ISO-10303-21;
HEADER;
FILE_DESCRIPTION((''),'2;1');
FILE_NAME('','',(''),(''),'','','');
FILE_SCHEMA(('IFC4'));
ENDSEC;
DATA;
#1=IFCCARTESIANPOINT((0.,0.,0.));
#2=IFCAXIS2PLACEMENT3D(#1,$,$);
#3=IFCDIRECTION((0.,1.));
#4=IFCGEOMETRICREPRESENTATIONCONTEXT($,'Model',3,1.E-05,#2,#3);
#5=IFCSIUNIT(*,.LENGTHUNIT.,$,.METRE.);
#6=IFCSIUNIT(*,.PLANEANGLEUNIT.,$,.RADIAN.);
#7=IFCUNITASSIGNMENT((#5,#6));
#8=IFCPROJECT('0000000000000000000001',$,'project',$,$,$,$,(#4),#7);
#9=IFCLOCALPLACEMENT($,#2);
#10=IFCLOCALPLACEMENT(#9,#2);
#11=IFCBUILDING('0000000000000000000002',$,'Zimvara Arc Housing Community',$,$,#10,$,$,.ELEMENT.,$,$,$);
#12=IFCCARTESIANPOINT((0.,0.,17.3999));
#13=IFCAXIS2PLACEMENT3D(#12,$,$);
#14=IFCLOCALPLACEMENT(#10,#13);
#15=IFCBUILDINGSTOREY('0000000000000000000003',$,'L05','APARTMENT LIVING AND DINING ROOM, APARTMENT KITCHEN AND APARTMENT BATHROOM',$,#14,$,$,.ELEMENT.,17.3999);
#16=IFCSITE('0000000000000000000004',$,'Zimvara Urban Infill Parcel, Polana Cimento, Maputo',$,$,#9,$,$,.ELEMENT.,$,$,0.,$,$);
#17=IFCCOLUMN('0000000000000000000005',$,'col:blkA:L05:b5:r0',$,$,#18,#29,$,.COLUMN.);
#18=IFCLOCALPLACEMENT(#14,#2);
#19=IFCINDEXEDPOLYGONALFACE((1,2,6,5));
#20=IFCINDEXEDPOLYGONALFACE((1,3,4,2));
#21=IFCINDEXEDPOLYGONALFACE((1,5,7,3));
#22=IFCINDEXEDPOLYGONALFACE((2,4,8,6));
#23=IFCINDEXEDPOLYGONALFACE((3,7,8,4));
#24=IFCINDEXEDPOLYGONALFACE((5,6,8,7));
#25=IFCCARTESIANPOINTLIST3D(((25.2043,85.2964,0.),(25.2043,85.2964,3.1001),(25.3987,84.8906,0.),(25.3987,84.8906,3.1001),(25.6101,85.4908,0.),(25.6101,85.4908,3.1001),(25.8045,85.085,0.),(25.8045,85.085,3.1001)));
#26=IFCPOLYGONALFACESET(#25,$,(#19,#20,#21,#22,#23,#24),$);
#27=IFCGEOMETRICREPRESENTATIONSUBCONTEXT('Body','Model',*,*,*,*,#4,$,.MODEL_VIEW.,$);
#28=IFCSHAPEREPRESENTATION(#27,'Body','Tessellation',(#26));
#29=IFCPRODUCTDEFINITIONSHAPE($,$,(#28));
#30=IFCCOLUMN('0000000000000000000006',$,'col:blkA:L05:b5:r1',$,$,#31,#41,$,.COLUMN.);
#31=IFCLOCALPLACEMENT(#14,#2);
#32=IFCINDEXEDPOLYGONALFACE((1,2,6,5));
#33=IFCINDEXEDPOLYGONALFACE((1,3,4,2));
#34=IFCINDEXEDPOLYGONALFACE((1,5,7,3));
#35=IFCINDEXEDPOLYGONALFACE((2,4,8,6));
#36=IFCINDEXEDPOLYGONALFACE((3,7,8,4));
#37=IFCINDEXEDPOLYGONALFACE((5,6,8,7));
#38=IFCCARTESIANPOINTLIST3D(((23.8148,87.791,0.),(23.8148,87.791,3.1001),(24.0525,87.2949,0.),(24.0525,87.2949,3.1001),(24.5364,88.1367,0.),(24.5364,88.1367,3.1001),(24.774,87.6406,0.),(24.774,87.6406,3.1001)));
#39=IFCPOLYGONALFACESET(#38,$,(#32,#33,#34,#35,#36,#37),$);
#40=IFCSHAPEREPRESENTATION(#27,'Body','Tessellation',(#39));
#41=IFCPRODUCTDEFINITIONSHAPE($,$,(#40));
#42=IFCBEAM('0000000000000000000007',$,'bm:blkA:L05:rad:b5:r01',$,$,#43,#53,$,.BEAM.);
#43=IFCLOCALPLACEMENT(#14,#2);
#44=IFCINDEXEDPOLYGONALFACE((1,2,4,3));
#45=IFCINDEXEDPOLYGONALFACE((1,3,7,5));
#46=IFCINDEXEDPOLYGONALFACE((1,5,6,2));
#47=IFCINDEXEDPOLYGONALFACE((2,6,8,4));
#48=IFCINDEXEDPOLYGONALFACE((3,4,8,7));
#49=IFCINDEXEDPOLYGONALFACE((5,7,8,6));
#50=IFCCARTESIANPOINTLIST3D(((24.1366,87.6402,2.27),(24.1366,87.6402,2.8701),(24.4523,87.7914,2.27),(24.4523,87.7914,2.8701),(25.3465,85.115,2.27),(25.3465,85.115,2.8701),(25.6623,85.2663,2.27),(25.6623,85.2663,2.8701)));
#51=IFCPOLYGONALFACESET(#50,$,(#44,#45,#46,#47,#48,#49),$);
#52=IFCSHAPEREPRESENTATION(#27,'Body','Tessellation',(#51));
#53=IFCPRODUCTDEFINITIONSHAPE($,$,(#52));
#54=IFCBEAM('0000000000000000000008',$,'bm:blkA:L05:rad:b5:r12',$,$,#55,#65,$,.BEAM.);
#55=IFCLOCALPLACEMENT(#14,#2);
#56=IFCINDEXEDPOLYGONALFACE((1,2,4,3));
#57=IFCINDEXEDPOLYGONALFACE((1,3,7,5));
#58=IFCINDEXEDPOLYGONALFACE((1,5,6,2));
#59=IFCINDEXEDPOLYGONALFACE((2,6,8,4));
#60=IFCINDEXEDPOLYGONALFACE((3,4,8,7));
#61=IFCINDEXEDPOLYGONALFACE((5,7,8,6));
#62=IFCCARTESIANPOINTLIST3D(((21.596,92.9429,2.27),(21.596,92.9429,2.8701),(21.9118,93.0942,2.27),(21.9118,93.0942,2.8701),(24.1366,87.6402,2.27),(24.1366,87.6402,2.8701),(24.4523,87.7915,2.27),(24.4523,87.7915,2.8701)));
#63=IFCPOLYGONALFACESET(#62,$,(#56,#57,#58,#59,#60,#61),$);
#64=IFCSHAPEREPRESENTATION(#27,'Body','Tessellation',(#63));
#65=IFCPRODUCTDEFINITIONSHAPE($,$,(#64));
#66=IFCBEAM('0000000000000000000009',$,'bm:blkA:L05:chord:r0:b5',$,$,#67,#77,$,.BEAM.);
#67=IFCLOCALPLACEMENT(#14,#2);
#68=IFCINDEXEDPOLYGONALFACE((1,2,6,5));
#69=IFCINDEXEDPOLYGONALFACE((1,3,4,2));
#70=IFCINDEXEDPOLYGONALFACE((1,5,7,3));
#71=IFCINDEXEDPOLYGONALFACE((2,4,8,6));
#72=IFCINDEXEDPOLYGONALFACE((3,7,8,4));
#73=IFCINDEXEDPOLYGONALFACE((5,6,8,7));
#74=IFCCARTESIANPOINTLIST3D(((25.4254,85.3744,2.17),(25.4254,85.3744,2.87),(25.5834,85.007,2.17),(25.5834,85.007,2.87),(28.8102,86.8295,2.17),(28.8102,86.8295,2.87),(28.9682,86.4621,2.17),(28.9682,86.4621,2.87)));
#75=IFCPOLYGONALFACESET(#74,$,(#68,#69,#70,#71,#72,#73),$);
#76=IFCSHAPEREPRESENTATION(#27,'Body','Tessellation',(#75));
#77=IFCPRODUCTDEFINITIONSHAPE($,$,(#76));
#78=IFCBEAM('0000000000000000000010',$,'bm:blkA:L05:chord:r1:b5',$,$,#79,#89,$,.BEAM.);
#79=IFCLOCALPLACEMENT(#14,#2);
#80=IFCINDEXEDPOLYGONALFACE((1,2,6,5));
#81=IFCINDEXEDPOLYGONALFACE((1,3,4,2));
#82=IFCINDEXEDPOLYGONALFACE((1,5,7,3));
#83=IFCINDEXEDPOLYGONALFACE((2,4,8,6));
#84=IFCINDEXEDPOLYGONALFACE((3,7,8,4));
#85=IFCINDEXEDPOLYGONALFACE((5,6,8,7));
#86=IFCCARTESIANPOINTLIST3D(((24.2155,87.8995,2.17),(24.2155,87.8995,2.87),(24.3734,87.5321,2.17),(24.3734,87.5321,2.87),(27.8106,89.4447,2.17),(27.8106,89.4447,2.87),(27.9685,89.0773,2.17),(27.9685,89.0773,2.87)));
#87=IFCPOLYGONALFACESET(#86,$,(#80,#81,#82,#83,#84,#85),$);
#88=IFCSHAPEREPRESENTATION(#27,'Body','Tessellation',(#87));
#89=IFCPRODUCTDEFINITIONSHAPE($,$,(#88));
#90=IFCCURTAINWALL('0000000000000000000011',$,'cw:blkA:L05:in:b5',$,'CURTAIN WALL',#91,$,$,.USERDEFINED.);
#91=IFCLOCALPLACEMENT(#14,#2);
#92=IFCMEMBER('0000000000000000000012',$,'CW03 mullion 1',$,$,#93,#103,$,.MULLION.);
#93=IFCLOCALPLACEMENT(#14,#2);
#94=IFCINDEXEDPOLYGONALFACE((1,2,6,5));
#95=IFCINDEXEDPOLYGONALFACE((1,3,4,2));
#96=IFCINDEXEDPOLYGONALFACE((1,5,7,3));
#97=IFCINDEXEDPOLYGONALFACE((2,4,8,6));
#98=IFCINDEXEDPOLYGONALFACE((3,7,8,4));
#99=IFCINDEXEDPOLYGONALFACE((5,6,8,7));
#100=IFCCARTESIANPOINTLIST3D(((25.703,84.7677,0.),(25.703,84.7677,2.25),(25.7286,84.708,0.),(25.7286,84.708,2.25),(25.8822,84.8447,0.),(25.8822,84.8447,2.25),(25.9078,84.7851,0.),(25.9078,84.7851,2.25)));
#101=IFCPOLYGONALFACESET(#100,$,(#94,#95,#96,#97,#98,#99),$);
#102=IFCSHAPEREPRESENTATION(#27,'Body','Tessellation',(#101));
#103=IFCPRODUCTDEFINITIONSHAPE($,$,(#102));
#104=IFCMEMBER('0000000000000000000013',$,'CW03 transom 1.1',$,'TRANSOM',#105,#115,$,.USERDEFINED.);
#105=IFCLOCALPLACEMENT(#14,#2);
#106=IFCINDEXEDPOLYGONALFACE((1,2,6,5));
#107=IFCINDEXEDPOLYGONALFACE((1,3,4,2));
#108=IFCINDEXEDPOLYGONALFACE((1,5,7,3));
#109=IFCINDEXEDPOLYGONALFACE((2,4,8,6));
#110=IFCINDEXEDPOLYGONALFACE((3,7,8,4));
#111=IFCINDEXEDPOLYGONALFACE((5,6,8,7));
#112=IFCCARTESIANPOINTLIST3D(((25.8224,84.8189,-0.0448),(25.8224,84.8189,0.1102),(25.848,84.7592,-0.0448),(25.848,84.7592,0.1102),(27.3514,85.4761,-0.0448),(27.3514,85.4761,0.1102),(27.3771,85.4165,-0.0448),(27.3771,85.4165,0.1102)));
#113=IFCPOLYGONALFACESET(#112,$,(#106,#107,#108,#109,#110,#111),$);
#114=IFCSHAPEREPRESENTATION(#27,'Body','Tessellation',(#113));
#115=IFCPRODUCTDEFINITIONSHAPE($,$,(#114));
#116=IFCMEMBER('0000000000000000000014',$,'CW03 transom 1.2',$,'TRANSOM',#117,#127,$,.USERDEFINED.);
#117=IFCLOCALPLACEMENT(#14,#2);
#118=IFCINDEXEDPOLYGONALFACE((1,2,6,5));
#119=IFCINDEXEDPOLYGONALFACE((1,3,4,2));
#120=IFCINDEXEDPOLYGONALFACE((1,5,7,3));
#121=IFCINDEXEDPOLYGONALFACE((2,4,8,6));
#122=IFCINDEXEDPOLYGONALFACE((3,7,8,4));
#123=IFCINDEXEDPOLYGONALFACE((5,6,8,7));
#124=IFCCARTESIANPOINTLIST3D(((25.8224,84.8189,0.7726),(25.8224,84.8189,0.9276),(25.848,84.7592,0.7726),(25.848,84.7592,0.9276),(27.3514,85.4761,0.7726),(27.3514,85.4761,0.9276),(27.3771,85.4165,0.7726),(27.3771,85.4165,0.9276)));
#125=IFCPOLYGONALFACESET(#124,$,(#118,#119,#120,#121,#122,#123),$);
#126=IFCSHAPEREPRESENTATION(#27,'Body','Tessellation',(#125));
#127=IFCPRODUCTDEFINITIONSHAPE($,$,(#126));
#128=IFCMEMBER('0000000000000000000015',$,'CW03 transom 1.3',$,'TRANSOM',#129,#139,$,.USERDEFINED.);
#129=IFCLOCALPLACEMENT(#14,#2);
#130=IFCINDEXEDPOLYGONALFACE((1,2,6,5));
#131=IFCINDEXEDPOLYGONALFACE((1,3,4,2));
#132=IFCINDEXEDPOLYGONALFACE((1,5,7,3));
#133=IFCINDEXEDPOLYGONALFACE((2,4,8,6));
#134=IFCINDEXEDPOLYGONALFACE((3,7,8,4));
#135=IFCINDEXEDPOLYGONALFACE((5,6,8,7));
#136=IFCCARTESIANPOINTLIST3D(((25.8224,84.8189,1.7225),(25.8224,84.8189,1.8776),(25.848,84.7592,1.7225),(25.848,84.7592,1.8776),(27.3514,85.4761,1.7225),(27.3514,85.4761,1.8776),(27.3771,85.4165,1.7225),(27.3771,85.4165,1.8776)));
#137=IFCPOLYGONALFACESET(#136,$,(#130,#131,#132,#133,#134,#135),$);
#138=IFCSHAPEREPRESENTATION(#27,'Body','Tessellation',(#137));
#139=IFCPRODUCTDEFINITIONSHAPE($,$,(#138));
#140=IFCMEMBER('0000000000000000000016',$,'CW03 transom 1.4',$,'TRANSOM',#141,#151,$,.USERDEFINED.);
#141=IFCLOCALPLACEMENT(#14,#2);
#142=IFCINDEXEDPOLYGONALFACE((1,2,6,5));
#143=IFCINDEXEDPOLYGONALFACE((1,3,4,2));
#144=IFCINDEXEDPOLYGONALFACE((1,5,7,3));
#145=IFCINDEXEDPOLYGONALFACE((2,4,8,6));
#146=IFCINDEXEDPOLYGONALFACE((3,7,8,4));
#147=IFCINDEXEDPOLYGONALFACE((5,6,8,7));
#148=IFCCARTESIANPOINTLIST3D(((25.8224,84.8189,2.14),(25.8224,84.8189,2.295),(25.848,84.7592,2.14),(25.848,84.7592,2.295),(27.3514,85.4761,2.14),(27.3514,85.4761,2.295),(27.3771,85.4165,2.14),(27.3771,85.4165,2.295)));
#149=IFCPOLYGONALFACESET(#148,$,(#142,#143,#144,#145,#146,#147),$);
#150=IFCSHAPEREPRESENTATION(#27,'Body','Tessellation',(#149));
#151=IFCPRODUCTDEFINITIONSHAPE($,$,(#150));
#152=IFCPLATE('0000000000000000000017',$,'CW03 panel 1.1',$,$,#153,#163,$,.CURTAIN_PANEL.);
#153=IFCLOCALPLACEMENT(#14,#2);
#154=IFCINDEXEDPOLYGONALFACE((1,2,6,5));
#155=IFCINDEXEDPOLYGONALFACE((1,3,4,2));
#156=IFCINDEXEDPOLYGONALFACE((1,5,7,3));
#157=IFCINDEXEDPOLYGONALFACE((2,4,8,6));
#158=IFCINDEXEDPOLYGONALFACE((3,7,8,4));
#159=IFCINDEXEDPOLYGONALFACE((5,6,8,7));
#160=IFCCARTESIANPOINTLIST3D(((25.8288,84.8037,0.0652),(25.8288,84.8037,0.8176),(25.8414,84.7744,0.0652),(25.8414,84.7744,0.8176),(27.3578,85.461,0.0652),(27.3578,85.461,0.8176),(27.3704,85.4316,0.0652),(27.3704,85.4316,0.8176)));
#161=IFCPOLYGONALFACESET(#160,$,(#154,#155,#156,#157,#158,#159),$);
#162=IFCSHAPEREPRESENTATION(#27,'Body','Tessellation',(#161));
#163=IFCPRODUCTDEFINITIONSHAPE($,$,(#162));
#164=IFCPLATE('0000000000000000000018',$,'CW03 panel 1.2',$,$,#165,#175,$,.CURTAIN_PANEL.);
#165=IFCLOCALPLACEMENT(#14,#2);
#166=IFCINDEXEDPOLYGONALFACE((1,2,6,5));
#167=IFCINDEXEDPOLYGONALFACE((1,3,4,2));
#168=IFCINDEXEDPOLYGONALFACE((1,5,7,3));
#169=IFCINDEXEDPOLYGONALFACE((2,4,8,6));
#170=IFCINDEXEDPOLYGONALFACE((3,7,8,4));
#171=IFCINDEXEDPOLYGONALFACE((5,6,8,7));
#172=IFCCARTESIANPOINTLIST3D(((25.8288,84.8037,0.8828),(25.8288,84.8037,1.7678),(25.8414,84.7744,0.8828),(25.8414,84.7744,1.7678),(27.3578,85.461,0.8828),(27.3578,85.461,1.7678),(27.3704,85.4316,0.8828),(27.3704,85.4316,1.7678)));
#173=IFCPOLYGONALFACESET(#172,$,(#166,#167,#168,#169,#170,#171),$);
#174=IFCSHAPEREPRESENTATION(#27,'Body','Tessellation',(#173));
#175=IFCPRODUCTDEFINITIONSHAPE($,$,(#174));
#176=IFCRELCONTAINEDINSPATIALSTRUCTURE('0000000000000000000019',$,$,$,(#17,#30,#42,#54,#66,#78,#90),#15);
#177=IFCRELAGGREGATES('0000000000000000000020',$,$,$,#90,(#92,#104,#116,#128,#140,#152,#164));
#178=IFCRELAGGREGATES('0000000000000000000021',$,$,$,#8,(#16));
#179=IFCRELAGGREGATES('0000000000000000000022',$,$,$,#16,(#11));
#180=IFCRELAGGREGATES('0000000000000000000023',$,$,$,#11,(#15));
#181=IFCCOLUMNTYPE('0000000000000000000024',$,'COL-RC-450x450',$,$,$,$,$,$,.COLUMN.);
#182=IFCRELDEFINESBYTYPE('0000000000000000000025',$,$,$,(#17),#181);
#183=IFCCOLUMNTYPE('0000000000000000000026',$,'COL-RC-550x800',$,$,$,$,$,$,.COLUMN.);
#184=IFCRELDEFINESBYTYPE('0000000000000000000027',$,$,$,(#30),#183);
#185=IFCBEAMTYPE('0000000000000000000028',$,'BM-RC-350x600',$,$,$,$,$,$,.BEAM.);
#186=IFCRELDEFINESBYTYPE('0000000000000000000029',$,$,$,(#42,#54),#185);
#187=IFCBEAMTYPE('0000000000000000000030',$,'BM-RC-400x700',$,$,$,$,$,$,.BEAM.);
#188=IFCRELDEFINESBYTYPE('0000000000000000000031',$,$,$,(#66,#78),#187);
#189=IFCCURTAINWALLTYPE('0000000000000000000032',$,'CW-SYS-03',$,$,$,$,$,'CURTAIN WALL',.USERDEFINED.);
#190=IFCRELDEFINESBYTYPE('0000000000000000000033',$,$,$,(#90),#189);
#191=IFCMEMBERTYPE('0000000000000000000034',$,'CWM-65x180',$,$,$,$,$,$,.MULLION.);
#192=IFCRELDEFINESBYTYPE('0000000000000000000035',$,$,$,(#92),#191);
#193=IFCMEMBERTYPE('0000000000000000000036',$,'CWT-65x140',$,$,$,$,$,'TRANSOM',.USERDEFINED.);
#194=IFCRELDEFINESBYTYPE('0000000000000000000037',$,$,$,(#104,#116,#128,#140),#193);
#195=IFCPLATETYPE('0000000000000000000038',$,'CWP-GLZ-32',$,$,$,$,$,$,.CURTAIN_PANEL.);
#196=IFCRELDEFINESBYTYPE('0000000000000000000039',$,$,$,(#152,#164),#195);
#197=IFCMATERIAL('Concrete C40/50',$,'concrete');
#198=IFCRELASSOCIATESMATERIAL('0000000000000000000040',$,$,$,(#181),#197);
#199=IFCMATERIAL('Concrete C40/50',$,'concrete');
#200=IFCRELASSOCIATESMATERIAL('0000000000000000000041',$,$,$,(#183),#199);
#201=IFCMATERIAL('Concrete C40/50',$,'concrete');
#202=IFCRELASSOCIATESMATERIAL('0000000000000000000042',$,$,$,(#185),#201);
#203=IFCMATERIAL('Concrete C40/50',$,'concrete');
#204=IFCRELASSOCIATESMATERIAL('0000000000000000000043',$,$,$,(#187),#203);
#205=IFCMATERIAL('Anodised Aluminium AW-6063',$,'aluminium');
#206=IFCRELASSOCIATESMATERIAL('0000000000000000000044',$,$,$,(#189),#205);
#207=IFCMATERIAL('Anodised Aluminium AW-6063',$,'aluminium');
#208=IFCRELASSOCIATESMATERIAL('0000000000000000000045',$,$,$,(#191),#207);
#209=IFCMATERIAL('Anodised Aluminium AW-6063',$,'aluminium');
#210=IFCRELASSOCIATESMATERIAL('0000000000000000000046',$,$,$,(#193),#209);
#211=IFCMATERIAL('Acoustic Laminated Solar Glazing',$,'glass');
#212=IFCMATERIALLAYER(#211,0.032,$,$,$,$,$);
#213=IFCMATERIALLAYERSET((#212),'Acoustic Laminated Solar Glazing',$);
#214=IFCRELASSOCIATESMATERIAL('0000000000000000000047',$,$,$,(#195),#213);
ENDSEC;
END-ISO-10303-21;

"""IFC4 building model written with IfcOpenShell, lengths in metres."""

from ifc_helpers import new_model, si_unit, direction, frame, origin, origin_2d, place, context, subcontext, project, spatial, rectangle, extrude, material, layer, layer_set, material_profile, profile_set, type_object, element, aggregate, save


model = new_model("IFC4")

# Units and contexts
model_context = context("Model", 3, precision=1e-05, world=origin(), true_north=direction((0.0, 1.0)))
body_context = subcontext(model_context, "Body", "Model", "MODEL_VIEW")
ifc_project = project(units=[si_unit("LENGTHUNIT", "METRE"), si_unit("PLANEANGLEUNIT", "RADIAN")], contexts=[model_context])

# Site, building, storey
site_placement = place(None, origin())
site = spatial("IfcSite", under=ifc_project, at=site_placement, Name="Zimvara Urban Infill Parcel, Polana Cimento, Maputo", CompositionType="ELEMENT", RefElevation=0.0)
building_placement = place(site_placement, origin())
building = spatial("IfcBuilding", under=site, at=building_placement, Name="Zimvara Arc Housing Community", CompositionType="ELEMENT")
storey_placement = place(building_placement, frame((0.0, 0.0, 17.3999)))
storey = spatial("IfcBuildingStorey", under=building, at=storey_placement, Name="L05", Description="APARTMENT LIVING AND DINING ROOM, APARTMENT KITCHEN AND APARTMENT BATHROOM", CompositionType="ELEMENT", Elevation=17.3999)

# Columns
ifc_material_1 = material(Name="Concrete C40/50", Category="concrete")
ifc_material_profile_1 = material_profile(ifc_material_1, rectangle(XDim=0.45, YDim=0.45, at=origin_2d()), Name="RC 450x450")
ifc_profile_set_1 = profile_set([ifc_material_profile_1], Name="Concrete C40/50")
column_type_1 = type_object("IfcColumnType", Name="COL-RC-450x450", PredefinedType="COLUMN", material=ifc_profile_set_1)
column_1_placement = place(storey_placement, frame((25.5044, 85.1907, 0.0), z_axis=(0.0, 0.0, 1.0), x_axis=(-0.432086, 0.901833, 0.0)))
element("IfcColumn", 1, at=column_1_placement, inside=storey, type_object=column_type_1, Name="col:blkA:L05:b5:r0", PredefinedType="COLUMN", context=body_context, shape_type="SweptSolid", body=[
    extrude(rectangle(XDim=0.45, YDim=0.45, at=origin_2d()), origin(), (0.0, 0.0, 1.0), 3.1001),
])
ifc_material_2 = material(Name="Concrete C40/50", Category="concrete")
ifc_material_profile_2 = material_profile(ifc_material_2, rectangle(XDim=0.55, YDim=0.8, at=origin_2d()), Name="RC 550x800")
ifc_profile_set_2 = profile_set([ifc_material_profile_2], Name="Concrete C40/50")
column_type_2 = type_object("IfcColumnType", Name="COL-RC-550x800", PredefinedType="COLUMN", material=ifc_profile_set_2)
column_2_placement = place(storey_placement, frame((24.2944, 87.7158, 0.0), z_axis=(0.0, 0.0, 1.0), x_axis=(-0.432086, 0.901833, 0.0)))
element("IfcColumn", 2, at=column_2_placement, inside=storey, type_object=column_type_2, Name="col:blkA:L05:b5:r1", PredefinedType="COLUMN", context=body_context, shape_type="SweptSolid", body=[
    extrude(rectangle(XDim=0.55, YDim=0.8, at=origin_2d()), origin(), (0.0, 0.0, 1.0), 3.1001),
])

# Beams
ifc_material_3 = material(Name="Concrete C40/50", Category="concrete")
ifc_material_profile_3 = material_profile(ifc_material_3, rectangle(XDim=0.3501, YDim=0.6001, at=origin_2d()), Name="RC 350x600")
ifc_profile_set_3 = profile_set([ifc_material_profile_3], Name="Concrete C40/50")
beam_type_1 = type_object("IfcBeamType", Name="BM-RC-350x600", PredefinedType="BEAM", material=ifc_profile_set_3)
beam_1_placement = place(storey_placement, frame((25.5044, 85.1907, 2.5701), z_axis=(-0.432119, 0.901817, 0.0), x_axis=(-0.901817, -0.432119, 0.0)))
element("IfcBeam", 3, at=beam_1_placement, inside=storey, type_object=beam_type_1, Name="bm:blkA:L05:rad:b5:r01", PredefinedType="BEAM", context=body_context, shape_type="SweptSolid", body=[
    extrude(rectangle(XDim=0.3501, YDim=0.6001, at=origin_2d()), origin(), (0.0, 0.0, 1.0), 2.8),
])
beam_2_placement = place(storey_placement, frame((24.2944, 87.7158, 2.5701), z_axis=(-0.43207, 0.90184, 0.0), x_axis=(-0.90184, -0.43207, 0.0)))
element("IfcBeam", 4, at=beam_2_placement, inside=storey, type_object=beam_type_1, Name="bm:blkA:L05:rad:b5:r12", PredefinedType="BEAM", context=body_context, shape_type="SweptSolid", body=[
    extrude(rectangle(XDim=0.3501, YDim=0.6001, at=origin_2d()), origin(), (0.0, 0.0, 1.0), 5.8799),
])
ifc_material_4 = material(Name="Concrete C40/50", Category="concrete")
ifc_material_profile_4 = material_profile(ifc_material_4, rectangle(XDim=0.3999, YDim=0.7, at=origin_2d()), Name="RC 400x700")
ifc_profile_set_4 = profile_set([ifc_material_profile_4], Name="Concrete C40/50")
beam_type_2 = type_object("IfcBeamType", Name="BM-RC-400x700", PredefinedType="BEAM", material=ifc_profile_set_4)
beam_3_placement = place(storey_placement, frame((25.5044, 85.1907, 2.52), z_axis=(0.918706, 0.394943, 0.0), x_axis=(-0.394943, 0.918706, 0.0)))
element("IfcBeam", 5, at=beam_3_placement, inside=storey, type_object=beam_type_2, Name="bm:blkA:L05:chord:r0:b5", PredefinedType="BEAM", context=body_context, shape_type="SweptSolid", body=[
    extrude(rectangle(XDim=0.3999, YDim=0.7, at=origin_2d()), origin(), (0.0, 0.0, 1.0), 3.6843),
])
beam_4_placement = place(storey_placement, frame((24.2944, 87.7158, 2.52), z_axis=(0.918731, 0.394883, 0.0), x_axis=(-0.394883, 0.918731, 0.0)))
element("IfcBeam", 6, at=beam_4_placement, inside=storey, type_object=beam_type_2, Name="bm:blkA:L05:chord:r1:b5", PredefinedType="BEAM", context=body_context, shape_type="SweptSolid", body=[
    extrude(rectangle(XDim=0.3999, YDim=0.7, at=origin_2d()), origin(), (0.0, 0.0, 1.0), 3.9131),
])

# Curtain wall, members, plates
ifc_material_5 = material(Name="Anodised Aluminium AW-6063", Category="aluminium")
curtain_wall_type = type_object("IfcCurtainWallType", Name="CW-SYS-03", ElementType="CURTAIN WALL", PredefinedType="USERDEFINED", material=ifc_material_5)
curtain_wall_placement = place(storey_placement, origin())
curtain_wall = element("IfcCurtainWall", 7, at=curtain_wall_placement, inside=storey, type_object=curtain_wall_type, Name="cw:blkA:L05:in:b5", ObjectType="CURTAIN WALL", PredefinedType="USERDEFINED")
ifc_material_6 = material(Name="Anodised Aluminium AW-6063", Category="aluminium")
ifc_material_profile_5 = material_profile(ifc_material_6, rectangle(XDim=0.0649, YDim=0.1951, at=origin_2d()), Name="ALU 65x195")
ifc_profile_set_5 = profile_set([ifc_material_profile_5], Name="Anodised Aluminium AW-6063")
member_type_1 = type_object("IfcMemberType", Name="CWM-65x180", PredefinedType="MULLION", material=ifc_profile_set_5)
member_1_placement = place(storey_placement, frame((25.8054, 84.7764, 0.0), z_axis=(0.0, 0.0, 1.0), x_axis=(-0.394904, 0.918722, 0.0)))
member_1 = element("IfcMember", 8, at=member_1_placement, type_object=member_type_1, Name="CW03 mullion 1", PredefinedType="MULLION", context=body_context, shape_type="SweptSolid", body=[
    extrude(rectangle(XDim=0.0649, YDim=0.1951, at=origin_2d()), origin(), (0.0, 0.0, 1.0), 2.25),
])
ifc_material_7 = material(Name="Anodised Aluminium AW-6063", Category="aluminium")
ifc_material_profile_6 = material_profile(ifc_material_7, rectangle(XDim=0.0649, YDim=0.155, at=origin_2d()), Name="ALU 65x155")
ifc_profile_set_6 = profile_set([ifc_material_profile_6], Name="Anodised Aluminium AW-6063")
member_type_2 = type_object("IfcMemberType", Name="CWT-65x140", ElementType="TRANSOM", PredefinedType="USERDEFINED", material=ifc_profile_set_6)
member_2_placement = place(storey_placement, frame((25.8352, 84.7891, 0.0327), z_axis=(0.918727, 0.394893, 0.0), x_axis=(-0.394893, 0.918727, 0.0)))
member_2 = element("IfcMember", 9, at=member_2_placement, type_object=member_type_2, Name="CW03 transom 1.1", ObjectType="TRANSOM", PredefinedType="USERDEFINED", context=body_context, shape_type="SweptSolid", body=[
    extrude(rectangle(XDim=0.0649, YDim=0.155, at=origin_2d()), origin(), (0.0, 0.0, 1.0), 1.6643),
])
member_3_placement = place(storey_placement, frame((25.8352, 84.7891, 0.8501), z_axis=(0.918727, 0.394893, 0.0), x_axis=(-0.394893, 0.918727, 0.0)))
member_3 = element("IfcMember", 10, at=member_3_placement, type_object=member_type_2, Name="CW03 transom 1.2", ObjectType="TRANSOM", PredefinedType="USERDEFINED", context=body_context, shape_type="SweptSolid", body=[
    extrude(rectangle(XDim=0.0649, YDim=0.155, at=origin_2d()), origin(), (0.0, 0.0, 1.0), 1.6643),
])
member_4_placement = place(storey_placement, frame((25.8352, 84.7891, 1.8), z_axis=(0.918727, 0.394893, 0.0), x_axis=(-0.394893, 0.918727, 0.0)))
member_4 = element("IfcMember", 11, at=member_4_placement, type_object=member_type_2, Name="CW03 transom 1.3", ObjectType="TRANSOM", PredefinedType="USERDEFINED", context=body_context, shape_type="SweptSolid", body=[
    extrude(rectangle(XDim=0.0649, YDim=0.155, at=origin_2d()), origin(), (0.0, 0.0, 1.0), 1.6643),
])
member_5_placement = place(storey_placement, frame((25.8352, 84.7891, 2.2175), z_axis=(0.918727, 0.394893, 0.0), x_axis=(-0.394893, 0.918727, 0.0)))
member_5 = element("IfcMember", 12, at=member_5_placement, type_object=member_type_2, Name="CW03 transom 1.4", ObjectType="TRANSOM", PredefinedType="USERDEFINED", context=body_context, shape_type="SweptSolid", body=[
    extrude(rectangle(XDim=0.0649, YDim=0.155, at=origin_2d()), origin(), (0.0, 0.0, 1.0), 1.6643),
])
ifc_material_8 = material(Name="Acoustic Laminated Solar Glazing", Category="glass")
ifc_layer_1 = layer(ifc_material_8, 0.032)
ifc_layer_set_1 = layer_set([ifc_layer_1], Name="Acoustic Laminated Solar Glazing")
plate_type = type_object("IfcPlateType", Name="CWP-GLZ-32", PredefinedType="CURTAIN_PANEL", material=ifc_layer_set_1)
plate_1_placement = place(storey_placement, frame((26.5996, 85.1177, 0.0652), z_axis=(0.0, 0.0, 1.0), x_axis=(0.918722, 0.394904, 0.0)))
plate_1 = element("IfcPlate", 13, at=plate_1_placement, type_object=plate_type, Name="CW03 panel 1.1", PredefinedType="CURTAIN_PANEL", context=body_context, shape_type="SweptSolid", body=[
    extrude(rectangle(XDim=1.6643, YDim=0.032, at=origin_2d()), origin(), (0.0, 0.0, 1.0), 0.7524),
])
plate_2_placement = place(storey_placement, frame((26.5996, 85.1177, 0.8828), z_axis=(0.0, 0.0, 1.0), x_axis=(0.918722, 0.394904, 0.0)))
plate_2 = element("IfcPlate", 14, at=plate_2_placement, type_object=plate_type, Name="CW03 panel 1.2", PredefinedType="CURTAIN_PANEL", context=body_context, shape_type="SweptSolid", body=[
    extrude(rectangle(XDim=1.6643, YDim=0.032, at=origin_2d()), origin(), (0.0, 0.0, 1.0), 0.885),
])
aggregate(curtain_wall, [member_1, member_2, member_3, member_4, member_5, plate_1, plate_2])

save(model, "model.ifc")
